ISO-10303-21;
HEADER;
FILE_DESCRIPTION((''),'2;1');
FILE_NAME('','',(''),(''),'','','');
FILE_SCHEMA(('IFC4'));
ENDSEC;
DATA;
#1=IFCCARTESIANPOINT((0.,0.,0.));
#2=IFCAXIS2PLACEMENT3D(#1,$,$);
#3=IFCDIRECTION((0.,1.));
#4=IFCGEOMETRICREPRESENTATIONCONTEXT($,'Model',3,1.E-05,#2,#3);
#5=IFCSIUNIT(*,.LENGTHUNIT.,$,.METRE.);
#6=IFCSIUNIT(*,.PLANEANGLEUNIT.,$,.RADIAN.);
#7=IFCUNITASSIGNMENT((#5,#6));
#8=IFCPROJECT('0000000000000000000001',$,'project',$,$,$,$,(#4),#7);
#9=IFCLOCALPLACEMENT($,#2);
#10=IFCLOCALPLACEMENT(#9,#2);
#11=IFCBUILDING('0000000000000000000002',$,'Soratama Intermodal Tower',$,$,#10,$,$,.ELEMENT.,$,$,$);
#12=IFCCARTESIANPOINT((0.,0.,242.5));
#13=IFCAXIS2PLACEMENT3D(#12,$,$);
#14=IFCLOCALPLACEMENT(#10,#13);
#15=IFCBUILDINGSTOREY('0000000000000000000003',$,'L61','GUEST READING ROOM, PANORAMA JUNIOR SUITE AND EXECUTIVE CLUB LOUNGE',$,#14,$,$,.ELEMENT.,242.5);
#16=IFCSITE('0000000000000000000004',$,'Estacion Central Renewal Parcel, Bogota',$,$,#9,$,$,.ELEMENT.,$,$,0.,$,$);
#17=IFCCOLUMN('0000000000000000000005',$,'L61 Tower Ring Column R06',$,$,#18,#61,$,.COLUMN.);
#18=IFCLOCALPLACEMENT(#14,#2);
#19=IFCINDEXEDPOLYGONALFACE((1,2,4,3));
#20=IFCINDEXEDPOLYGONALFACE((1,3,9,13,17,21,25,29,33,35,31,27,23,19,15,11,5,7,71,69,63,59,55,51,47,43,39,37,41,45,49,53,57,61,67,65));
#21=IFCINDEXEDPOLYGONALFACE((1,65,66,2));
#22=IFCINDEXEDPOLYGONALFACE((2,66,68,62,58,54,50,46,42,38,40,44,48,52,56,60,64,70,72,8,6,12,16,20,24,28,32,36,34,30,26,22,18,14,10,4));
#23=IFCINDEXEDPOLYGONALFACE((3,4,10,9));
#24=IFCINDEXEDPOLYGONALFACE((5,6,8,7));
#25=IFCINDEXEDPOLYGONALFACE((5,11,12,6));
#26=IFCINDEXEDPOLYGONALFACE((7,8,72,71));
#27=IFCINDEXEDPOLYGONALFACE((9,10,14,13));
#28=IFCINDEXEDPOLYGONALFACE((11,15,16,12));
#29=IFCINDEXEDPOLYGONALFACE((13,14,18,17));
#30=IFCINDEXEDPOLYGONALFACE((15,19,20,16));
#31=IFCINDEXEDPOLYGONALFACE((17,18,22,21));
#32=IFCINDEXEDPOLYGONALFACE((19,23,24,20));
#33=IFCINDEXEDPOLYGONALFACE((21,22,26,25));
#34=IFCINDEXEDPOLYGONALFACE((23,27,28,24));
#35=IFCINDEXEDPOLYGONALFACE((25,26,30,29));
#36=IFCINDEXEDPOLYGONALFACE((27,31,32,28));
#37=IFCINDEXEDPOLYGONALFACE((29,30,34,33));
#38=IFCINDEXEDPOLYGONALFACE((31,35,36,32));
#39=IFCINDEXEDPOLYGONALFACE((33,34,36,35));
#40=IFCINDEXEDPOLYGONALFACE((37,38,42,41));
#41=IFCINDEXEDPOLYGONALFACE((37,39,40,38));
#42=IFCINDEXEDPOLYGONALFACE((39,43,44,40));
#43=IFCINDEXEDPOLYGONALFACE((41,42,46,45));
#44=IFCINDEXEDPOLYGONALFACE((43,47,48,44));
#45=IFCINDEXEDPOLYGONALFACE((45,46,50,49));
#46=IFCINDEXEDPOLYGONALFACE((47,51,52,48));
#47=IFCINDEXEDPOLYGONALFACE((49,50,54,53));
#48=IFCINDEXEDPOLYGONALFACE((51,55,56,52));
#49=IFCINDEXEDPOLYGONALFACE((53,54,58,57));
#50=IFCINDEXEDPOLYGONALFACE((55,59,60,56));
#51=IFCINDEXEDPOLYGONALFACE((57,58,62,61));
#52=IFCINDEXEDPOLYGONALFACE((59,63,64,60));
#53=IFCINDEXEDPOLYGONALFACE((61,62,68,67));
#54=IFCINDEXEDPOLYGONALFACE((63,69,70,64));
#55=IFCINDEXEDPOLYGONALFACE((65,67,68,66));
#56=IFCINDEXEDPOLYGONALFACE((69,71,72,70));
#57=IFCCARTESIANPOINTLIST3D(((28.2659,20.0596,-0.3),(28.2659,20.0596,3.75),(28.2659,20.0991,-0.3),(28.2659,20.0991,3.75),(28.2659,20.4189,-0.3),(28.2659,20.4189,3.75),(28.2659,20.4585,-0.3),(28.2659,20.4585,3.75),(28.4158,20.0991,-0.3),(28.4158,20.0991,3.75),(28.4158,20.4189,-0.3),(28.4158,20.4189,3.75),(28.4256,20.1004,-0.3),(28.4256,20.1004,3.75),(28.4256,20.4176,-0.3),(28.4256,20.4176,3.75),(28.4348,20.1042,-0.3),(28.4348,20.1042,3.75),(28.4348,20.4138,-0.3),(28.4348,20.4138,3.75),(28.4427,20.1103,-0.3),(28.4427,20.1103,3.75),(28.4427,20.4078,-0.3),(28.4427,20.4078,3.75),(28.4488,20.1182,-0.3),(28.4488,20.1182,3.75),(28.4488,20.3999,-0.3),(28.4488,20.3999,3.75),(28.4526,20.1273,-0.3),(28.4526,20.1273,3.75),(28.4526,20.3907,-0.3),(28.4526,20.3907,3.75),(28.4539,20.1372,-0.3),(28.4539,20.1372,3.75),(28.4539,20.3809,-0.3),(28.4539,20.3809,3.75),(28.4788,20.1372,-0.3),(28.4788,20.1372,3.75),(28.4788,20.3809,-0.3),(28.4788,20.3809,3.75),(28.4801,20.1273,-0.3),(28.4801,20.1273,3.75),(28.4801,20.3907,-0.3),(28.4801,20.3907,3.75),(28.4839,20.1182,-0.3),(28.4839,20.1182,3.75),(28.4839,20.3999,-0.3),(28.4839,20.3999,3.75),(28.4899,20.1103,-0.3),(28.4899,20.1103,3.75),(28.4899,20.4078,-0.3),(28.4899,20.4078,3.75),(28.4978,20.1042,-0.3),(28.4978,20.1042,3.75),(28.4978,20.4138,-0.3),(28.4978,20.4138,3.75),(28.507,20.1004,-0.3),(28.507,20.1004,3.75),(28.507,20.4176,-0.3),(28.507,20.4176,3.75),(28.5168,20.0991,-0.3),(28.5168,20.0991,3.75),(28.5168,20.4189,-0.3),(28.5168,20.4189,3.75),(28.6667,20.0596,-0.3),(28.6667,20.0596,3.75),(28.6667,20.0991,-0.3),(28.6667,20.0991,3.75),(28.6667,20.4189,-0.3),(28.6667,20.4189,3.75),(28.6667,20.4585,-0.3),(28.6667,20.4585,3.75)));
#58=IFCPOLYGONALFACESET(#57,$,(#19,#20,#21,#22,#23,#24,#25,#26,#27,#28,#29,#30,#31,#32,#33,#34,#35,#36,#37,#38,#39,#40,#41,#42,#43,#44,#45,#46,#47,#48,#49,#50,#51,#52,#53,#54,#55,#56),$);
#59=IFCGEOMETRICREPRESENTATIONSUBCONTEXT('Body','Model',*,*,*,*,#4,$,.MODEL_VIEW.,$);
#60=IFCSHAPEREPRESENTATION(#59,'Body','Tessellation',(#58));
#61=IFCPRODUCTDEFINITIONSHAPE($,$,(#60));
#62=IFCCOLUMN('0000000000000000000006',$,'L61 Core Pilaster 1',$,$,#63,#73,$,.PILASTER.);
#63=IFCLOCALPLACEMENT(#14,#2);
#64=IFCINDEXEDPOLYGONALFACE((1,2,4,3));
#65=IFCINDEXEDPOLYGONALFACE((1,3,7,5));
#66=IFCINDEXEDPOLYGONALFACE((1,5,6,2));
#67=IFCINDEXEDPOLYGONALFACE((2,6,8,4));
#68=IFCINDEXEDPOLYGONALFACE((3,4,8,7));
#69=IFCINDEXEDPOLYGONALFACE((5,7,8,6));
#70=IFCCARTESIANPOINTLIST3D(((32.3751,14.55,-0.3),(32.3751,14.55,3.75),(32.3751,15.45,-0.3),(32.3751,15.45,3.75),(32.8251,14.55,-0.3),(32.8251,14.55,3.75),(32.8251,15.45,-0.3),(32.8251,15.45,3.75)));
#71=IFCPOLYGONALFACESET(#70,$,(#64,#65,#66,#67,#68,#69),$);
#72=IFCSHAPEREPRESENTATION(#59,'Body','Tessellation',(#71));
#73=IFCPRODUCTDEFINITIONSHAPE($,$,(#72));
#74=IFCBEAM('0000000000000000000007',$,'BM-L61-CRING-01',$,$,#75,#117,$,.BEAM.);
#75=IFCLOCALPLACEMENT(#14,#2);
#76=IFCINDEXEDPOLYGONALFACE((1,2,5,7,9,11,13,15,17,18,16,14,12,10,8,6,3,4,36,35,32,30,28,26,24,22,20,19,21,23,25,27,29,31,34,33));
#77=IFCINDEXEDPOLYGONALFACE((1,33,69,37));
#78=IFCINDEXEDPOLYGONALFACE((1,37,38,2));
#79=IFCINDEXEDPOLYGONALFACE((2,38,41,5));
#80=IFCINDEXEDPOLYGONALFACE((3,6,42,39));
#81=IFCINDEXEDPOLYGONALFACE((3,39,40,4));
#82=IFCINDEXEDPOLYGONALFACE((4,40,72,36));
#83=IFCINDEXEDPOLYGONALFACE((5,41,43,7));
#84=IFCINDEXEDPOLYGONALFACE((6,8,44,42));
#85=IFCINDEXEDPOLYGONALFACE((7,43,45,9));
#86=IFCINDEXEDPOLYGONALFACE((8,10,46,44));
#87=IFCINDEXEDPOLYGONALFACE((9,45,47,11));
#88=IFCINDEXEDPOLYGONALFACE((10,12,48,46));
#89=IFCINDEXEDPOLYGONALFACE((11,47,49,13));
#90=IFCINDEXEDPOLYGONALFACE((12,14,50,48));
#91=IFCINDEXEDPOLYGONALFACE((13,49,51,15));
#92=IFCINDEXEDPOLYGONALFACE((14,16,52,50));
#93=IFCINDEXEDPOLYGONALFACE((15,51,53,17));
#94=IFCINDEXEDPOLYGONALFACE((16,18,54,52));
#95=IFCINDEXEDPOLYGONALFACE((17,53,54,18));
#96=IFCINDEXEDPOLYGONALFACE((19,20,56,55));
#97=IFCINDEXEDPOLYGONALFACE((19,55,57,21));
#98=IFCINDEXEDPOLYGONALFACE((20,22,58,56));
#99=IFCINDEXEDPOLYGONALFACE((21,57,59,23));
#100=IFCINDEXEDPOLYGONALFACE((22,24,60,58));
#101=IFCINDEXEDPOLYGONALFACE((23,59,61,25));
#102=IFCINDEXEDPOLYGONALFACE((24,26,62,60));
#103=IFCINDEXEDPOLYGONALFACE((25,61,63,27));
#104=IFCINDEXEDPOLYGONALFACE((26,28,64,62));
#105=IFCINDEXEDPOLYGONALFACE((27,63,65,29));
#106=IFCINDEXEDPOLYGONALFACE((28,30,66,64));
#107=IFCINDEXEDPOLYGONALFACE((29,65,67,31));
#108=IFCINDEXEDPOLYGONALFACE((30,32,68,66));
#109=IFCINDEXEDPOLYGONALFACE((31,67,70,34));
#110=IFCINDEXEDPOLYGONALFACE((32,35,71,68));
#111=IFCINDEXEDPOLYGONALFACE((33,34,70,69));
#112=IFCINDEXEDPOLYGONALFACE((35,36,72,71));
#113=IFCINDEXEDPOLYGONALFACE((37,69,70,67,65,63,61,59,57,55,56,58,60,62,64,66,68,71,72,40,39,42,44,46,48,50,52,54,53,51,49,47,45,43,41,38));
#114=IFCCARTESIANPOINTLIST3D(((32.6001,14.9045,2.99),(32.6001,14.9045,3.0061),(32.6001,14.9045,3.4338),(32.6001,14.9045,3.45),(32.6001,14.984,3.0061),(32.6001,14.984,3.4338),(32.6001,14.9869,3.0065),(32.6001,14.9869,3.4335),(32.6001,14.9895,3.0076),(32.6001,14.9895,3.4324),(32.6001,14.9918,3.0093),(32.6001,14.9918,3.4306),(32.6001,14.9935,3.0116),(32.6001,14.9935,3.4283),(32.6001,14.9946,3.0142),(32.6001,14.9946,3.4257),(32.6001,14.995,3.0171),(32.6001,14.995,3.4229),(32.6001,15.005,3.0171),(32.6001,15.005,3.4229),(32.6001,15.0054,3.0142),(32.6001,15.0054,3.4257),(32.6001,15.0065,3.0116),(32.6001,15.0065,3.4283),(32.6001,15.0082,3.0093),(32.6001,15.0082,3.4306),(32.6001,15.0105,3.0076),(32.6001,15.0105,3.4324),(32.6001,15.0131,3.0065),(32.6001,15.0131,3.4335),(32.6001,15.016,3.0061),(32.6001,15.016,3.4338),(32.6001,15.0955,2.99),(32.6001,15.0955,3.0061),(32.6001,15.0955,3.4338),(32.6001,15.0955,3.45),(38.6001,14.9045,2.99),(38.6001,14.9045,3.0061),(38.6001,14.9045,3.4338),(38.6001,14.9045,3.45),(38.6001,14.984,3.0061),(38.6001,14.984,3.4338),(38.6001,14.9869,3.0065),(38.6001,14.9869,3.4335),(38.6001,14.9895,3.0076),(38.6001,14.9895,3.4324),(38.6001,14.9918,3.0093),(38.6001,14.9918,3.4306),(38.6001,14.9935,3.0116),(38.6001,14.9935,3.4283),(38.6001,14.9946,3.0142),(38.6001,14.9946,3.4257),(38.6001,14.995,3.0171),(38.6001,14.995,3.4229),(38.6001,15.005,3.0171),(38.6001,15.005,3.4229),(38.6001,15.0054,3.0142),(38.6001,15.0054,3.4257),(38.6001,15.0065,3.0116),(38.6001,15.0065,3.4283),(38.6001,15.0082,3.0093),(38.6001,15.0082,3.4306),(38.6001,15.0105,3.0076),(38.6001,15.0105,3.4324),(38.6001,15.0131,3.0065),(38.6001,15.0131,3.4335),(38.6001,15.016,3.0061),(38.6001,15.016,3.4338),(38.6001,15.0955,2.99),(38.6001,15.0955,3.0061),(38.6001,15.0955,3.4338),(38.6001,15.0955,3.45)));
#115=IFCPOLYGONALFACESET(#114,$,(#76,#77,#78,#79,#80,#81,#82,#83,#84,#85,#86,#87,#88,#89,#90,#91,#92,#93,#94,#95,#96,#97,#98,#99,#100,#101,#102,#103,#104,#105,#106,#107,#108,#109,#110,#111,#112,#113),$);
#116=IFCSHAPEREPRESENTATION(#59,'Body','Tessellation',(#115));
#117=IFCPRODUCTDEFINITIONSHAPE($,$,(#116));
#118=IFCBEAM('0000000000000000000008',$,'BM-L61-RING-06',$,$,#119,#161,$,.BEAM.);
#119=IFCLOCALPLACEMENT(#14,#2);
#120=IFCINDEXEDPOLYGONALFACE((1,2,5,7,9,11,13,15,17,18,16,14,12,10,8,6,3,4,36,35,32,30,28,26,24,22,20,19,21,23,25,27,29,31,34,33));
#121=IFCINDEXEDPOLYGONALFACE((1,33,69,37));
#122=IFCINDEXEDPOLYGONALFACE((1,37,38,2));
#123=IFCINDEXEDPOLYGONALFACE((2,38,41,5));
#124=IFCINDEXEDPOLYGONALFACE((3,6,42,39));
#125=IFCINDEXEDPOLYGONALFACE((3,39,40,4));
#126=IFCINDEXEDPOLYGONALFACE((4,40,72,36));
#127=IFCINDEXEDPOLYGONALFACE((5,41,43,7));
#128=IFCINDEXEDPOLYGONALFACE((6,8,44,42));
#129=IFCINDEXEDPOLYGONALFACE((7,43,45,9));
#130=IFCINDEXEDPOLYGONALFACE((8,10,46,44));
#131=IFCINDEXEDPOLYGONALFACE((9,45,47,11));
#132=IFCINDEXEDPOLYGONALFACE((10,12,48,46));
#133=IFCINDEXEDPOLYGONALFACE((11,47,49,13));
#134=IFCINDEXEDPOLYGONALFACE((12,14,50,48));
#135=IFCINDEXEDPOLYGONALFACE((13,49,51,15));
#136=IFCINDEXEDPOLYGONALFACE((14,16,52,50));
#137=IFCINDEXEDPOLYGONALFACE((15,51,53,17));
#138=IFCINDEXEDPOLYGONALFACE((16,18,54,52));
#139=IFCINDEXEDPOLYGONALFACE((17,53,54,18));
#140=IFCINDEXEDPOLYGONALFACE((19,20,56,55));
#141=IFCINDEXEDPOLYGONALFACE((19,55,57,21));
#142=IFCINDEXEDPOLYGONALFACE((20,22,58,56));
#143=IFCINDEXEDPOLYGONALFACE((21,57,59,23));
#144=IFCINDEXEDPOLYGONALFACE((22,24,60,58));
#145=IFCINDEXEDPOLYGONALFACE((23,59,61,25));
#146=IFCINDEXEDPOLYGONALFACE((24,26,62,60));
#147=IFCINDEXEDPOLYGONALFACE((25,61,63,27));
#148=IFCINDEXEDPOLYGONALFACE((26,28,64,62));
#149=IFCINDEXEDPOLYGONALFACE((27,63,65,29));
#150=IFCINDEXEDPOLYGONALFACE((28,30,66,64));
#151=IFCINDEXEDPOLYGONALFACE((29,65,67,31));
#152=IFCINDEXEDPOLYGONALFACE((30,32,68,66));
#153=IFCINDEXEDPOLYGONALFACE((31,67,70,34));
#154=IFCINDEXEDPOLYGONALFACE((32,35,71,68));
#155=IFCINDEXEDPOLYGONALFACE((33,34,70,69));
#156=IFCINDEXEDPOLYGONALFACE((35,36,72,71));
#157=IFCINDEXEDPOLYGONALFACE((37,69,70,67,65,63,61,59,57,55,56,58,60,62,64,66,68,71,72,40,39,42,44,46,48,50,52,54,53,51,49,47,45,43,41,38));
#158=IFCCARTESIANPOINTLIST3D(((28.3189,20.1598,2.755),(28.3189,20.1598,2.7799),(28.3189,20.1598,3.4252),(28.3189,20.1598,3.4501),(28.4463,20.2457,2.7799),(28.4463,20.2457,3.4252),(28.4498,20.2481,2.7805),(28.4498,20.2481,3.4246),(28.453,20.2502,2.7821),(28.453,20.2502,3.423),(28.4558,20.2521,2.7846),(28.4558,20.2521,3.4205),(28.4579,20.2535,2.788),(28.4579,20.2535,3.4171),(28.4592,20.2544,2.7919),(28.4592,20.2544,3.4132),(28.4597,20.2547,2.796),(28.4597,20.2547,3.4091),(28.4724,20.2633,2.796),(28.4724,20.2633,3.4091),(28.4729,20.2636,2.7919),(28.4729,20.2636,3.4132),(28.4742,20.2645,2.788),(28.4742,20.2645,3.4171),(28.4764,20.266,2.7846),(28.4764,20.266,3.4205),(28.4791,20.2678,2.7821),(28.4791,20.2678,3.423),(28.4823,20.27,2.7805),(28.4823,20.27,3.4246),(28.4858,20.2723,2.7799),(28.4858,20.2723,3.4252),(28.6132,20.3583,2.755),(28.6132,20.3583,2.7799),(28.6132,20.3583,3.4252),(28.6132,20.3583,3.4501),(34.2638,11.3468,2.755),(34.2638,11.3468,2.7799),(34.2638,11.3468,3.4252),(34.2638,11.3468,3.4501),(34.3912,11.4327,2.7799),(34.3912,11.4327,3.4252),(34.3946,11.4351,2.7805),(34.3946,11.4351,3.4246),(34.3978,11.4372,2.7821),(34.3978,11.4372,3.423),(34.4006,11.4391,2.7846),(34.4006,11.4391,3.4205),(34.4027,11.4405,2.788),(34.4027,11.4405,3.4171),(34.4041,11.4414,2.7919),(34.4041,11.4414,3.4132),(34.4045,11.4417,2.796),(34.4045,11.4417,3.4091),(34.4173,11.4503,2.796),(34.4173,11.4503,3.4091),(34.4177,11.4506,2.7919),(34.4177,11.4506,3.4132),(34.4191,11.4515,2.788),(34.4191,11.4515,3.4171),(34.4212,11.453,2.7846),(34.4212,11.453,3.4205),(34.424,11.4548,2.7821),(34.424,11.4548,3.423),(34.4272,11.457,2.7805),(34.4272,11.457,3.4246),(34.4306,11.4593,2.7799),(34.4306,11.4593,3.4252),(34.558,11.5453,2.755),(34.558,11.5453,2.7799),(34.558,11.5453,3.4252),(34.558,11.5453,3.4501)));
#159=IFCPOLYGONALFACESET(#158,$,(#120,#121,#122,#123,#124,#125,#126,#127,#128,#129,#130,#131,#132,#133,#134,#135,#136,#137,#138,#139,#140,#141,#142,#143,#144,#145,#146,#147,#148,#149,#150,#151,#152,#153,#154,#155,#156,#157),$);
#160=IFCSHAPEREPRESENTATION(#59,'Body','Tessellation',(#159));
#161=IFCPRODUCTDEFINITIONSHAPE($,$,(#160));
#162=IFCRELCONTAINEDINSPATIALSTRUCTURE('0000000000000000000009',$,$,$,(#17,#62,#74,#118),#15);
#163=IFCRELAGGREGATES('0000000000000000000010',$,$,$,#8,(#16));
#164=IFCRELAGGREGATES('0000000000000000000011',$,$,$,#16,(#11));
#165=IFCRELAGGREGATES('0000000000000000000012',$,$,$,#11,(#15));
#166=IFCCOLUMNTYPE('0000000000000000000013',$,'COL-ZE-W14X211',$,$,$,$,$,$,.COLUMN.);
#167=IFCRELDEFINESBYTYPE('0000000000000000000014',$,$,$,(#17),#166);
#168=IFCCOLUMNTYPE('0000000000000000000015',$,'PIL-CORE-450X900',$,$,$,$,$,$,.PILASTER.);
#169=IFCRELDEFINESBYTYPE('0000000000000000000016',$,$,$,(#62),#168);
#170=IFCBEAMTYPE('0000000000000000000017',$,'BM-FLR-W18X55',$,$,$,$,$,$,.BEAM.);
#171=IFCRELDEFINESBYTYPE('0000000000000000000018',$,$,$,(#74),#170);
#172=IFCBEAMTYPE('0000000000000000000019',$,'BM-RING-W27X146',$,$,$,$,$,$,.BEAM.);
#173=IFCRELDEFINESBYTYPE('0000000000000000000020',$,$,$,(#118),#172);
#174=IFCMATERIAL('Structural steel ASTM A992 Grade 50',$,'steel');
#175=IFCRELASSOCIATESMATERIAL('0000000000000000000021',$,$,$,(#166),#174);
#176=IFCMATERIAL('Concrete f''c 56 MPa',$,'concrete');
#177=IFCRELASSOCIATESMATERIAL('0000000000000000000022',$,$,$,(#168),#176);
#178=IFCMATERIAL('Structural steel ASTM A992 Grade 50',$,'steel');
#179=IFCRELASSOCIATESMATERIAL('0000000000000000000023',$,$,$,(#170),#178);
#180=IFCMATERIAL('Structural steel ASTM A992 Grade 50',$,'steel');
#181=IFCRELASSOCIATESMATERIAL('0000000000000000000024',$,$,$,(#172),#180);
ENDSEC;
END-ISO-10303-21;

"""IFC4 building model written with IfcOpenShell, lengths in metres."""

from ifc_helpers import new_model, si_unit, direction, frame, origin, origin_2d, place, context, subcontext, project, spatial, rectangle, i_section, extrude, material, material_profile, profile_set, type_object, element, save


model = new_model("IFC4")

# Units and contexts
model_context = context("Model", 3, precision=1e-05, world=origin(), true_north=direction((0.0, 1.0)))
body_context = subcontext(model_context, "Body", "Model", "MODEL_VIEW")
ifc_project = project(units=[si_unit("LENGTHUNIT", "METRE"), si_unit("PLANEANGLEUNIT", "RADIAN")], contexts=[model_context])

# Site, building, storey
site_placement = place(None, origin())
site = spatial("IfcSite", under=ifc_project, at=site_placement, Name="Estacion Central Renewal Parcel, Bogota", CompositionType="ELEMENT", RefElevation=0.0)
building_placement = place(site_placement, origin())
building = spatial("IfcBuilding", under=site, at=building_placement, Name="Soratama Intermodal Tower", CompositionType="ELEMENT")
storey_placement = place(building_placement, frame((0.0, 0.0, 242.5)))
storey = spatial("IfcBuildingStorey", under=building, at=storey_placement, Name="L61", Description="GUEST READING ROOM, PANORAMA JUNIOR SUITE AND EXECUTIVE CLUB LOUNGE", CompositionType="ELEMENT", Elevation=242.5)

# Columns
ifc_material_1 = material(Name="Structural steel ASTM A992 Grade 50", Category="steel")
ifc_material_profile_1 = material_profile(ifc_material_1, i_section(OverallWidth=0.4009, OverallDepth=0.3989, WebThickness=0.0249, FlangeThickness=0.0396, FilletRadius=0.0381, at=origin_2d()), Name="W14X211")
ifc_profile_set_1 = profile_set([ifc_material_profile_1], Name="Structural steel ASTM A992 Grade 50")
column_type_1 = type_object("IfcColumnType", Name="COL-ZE-W14X211", PredefinedType="COLUMN", material=ifc_profile_set_1)
column_1_placement = place(storey_placement, frame((28.4663, 20.259, -0.3), z_axis=(0.0, 0.0, 1.0), x_axis=(1.0, 0.0, 0.0)))
element("IfcColumn", 1, at=column_1_placement, inside=storey, type_object=column_type_1, Name="L61 Tower Ring Column R06", PredefinedType="COLUMN", context=body_context, shape_type="SweptSolid", body=[
    extrude(i_section(OverallWidth=0.4009, OverallDepth=0.3989, WebThickness=0.0249, FlangeThickness=0.0396, FilletRadius=0.0381, at=origin_2d()), origin(), (0.0, 0.0, 1.0), 4.05),
])
ifc_material_2 = material(Name="Concrete f'c 56 MPa", Category="concrete")
ifc_material_profile_2 = material_profile(ifc_material_2, rectangle(XDim=0.45, YDim=0.8999, at=origin_2d()), Name="RC450X900")
ifc_profile_set_2 = profile_set([ifc_material_profile_2], Name="Concrete f'c 56 MPa")
column_type_2 = type_object("IfcColumnType", Name="PIL-CORE-450X900", PredefinedType="PILASTER", material=ifc_profile_set_2)
column_2_placement = place(storey_placement, frame((32.6001, 15.0, -0.3), z_axis=(0.0, 0.0, 1.0), x_axis=(1.0, 0.0, 0.0)))
element("IfcColumn", 2, at=column_2_placement, inside=storey, type_object=column_type_2, Name="L61 Core Pilaster 1", PredefinedType="PILASTER", context=body_context, shape_type="SweptSolid", body=[
    extrude(rectangle(XDim=0.45, YDim=0.8999, at=origin_2d()), origin(), (0.0, 0.0, 1.0), 4.05),
])

# Beams
ifc_material_3 = material(Name="Structural steel ASTM A992 Grade 50", Category="steel")
ifc_material_profile_3 = material_profile(ifc_material_3, i_section(OverallWidth=0.1909, OverallDepth=0.46, WebThickness=0.01, FlangeThickness=0.0161, FilletRadius=0.011, at=origin_2d()), Name="W18X55")
ifc_profile_set_3 = profile_set([ifc_material_profile_3], Name="Structural steel ASTM A992 Grade 50")
beam_type_1 = type_object("IfcBeamType", Name="BM-FLR-W18X55", PredefinedType="BEAM", material=ifc_profile_set_3)
beam_1_placement = place(storey_placement, frame((32.6001, 15.0, 3.22), z_axis=(1.0, 0.0, 0.0), x_axis=(0.0, 1.0, 0.0)))
element("IfcBeam", 3, at=beam_1_placement, inside=storey, type_object=beam_type_1, Name="BM-L61-CRING-01", PredefinedType="BEAM", context=body_context, shape_type="SweptSolid", body=[
    extrude(i_section(OverallWidth=0.1909, OverallDepth=0.46, WebThickness=0.01, FlangeThickness=0.0161, FilletRadius=0.011, at=origin_2d()), origin(), (0.0, 0.0, 1.0), 6.0),
])
ifc_material_4 = material(Name="Structural steel ASTM A992 Grade 50", Category="steel")
ifc_material_profile_4 = material_profile(ifc_material_4, i_section(OverallWidth=0.355, OverallDepth=0.6951, WebThickness=0.0154, FlangeThickness=0.0249, FilletRadius=0.0161, at=origin_2d()), Name="W27X146")
ifc_profile_set_4 = profile_set([ifc_material_profile_4], Name="Structural steel ASTM A992 Grade 50")
beam_type_2 = type_object("IfcBeamType", Name="BM-RING-W27X146", PredefinedType="BEAM", material=ifc_profile_set_4)
beam_2_placement = place(storey_placement, frame((28.4661, 20.259, 3.1025), z_axis=(0.559218, -0.829021, 0.0), x_axis=(0.829021, 0.559218, 0.0)))
element("IfcBeam", 4, at=beam_2_placement, inside=storey, type_object=beam_type_2, Name="BM-L61-RING-06", PredefinedType="BEAM", context=body_context, shape_type="SweptSolid", body=[
    extrude(i_section(OverallWidth=0.355, OverallDepth=0.6951, WebThickness=0.0154, FlangeThickness=0.0249, FilletRadius=0.0161, at=origin_2d()), origin(), (0.0, 0.0, 1.0), 10.6306),
])

save(model, "model.ifc")
